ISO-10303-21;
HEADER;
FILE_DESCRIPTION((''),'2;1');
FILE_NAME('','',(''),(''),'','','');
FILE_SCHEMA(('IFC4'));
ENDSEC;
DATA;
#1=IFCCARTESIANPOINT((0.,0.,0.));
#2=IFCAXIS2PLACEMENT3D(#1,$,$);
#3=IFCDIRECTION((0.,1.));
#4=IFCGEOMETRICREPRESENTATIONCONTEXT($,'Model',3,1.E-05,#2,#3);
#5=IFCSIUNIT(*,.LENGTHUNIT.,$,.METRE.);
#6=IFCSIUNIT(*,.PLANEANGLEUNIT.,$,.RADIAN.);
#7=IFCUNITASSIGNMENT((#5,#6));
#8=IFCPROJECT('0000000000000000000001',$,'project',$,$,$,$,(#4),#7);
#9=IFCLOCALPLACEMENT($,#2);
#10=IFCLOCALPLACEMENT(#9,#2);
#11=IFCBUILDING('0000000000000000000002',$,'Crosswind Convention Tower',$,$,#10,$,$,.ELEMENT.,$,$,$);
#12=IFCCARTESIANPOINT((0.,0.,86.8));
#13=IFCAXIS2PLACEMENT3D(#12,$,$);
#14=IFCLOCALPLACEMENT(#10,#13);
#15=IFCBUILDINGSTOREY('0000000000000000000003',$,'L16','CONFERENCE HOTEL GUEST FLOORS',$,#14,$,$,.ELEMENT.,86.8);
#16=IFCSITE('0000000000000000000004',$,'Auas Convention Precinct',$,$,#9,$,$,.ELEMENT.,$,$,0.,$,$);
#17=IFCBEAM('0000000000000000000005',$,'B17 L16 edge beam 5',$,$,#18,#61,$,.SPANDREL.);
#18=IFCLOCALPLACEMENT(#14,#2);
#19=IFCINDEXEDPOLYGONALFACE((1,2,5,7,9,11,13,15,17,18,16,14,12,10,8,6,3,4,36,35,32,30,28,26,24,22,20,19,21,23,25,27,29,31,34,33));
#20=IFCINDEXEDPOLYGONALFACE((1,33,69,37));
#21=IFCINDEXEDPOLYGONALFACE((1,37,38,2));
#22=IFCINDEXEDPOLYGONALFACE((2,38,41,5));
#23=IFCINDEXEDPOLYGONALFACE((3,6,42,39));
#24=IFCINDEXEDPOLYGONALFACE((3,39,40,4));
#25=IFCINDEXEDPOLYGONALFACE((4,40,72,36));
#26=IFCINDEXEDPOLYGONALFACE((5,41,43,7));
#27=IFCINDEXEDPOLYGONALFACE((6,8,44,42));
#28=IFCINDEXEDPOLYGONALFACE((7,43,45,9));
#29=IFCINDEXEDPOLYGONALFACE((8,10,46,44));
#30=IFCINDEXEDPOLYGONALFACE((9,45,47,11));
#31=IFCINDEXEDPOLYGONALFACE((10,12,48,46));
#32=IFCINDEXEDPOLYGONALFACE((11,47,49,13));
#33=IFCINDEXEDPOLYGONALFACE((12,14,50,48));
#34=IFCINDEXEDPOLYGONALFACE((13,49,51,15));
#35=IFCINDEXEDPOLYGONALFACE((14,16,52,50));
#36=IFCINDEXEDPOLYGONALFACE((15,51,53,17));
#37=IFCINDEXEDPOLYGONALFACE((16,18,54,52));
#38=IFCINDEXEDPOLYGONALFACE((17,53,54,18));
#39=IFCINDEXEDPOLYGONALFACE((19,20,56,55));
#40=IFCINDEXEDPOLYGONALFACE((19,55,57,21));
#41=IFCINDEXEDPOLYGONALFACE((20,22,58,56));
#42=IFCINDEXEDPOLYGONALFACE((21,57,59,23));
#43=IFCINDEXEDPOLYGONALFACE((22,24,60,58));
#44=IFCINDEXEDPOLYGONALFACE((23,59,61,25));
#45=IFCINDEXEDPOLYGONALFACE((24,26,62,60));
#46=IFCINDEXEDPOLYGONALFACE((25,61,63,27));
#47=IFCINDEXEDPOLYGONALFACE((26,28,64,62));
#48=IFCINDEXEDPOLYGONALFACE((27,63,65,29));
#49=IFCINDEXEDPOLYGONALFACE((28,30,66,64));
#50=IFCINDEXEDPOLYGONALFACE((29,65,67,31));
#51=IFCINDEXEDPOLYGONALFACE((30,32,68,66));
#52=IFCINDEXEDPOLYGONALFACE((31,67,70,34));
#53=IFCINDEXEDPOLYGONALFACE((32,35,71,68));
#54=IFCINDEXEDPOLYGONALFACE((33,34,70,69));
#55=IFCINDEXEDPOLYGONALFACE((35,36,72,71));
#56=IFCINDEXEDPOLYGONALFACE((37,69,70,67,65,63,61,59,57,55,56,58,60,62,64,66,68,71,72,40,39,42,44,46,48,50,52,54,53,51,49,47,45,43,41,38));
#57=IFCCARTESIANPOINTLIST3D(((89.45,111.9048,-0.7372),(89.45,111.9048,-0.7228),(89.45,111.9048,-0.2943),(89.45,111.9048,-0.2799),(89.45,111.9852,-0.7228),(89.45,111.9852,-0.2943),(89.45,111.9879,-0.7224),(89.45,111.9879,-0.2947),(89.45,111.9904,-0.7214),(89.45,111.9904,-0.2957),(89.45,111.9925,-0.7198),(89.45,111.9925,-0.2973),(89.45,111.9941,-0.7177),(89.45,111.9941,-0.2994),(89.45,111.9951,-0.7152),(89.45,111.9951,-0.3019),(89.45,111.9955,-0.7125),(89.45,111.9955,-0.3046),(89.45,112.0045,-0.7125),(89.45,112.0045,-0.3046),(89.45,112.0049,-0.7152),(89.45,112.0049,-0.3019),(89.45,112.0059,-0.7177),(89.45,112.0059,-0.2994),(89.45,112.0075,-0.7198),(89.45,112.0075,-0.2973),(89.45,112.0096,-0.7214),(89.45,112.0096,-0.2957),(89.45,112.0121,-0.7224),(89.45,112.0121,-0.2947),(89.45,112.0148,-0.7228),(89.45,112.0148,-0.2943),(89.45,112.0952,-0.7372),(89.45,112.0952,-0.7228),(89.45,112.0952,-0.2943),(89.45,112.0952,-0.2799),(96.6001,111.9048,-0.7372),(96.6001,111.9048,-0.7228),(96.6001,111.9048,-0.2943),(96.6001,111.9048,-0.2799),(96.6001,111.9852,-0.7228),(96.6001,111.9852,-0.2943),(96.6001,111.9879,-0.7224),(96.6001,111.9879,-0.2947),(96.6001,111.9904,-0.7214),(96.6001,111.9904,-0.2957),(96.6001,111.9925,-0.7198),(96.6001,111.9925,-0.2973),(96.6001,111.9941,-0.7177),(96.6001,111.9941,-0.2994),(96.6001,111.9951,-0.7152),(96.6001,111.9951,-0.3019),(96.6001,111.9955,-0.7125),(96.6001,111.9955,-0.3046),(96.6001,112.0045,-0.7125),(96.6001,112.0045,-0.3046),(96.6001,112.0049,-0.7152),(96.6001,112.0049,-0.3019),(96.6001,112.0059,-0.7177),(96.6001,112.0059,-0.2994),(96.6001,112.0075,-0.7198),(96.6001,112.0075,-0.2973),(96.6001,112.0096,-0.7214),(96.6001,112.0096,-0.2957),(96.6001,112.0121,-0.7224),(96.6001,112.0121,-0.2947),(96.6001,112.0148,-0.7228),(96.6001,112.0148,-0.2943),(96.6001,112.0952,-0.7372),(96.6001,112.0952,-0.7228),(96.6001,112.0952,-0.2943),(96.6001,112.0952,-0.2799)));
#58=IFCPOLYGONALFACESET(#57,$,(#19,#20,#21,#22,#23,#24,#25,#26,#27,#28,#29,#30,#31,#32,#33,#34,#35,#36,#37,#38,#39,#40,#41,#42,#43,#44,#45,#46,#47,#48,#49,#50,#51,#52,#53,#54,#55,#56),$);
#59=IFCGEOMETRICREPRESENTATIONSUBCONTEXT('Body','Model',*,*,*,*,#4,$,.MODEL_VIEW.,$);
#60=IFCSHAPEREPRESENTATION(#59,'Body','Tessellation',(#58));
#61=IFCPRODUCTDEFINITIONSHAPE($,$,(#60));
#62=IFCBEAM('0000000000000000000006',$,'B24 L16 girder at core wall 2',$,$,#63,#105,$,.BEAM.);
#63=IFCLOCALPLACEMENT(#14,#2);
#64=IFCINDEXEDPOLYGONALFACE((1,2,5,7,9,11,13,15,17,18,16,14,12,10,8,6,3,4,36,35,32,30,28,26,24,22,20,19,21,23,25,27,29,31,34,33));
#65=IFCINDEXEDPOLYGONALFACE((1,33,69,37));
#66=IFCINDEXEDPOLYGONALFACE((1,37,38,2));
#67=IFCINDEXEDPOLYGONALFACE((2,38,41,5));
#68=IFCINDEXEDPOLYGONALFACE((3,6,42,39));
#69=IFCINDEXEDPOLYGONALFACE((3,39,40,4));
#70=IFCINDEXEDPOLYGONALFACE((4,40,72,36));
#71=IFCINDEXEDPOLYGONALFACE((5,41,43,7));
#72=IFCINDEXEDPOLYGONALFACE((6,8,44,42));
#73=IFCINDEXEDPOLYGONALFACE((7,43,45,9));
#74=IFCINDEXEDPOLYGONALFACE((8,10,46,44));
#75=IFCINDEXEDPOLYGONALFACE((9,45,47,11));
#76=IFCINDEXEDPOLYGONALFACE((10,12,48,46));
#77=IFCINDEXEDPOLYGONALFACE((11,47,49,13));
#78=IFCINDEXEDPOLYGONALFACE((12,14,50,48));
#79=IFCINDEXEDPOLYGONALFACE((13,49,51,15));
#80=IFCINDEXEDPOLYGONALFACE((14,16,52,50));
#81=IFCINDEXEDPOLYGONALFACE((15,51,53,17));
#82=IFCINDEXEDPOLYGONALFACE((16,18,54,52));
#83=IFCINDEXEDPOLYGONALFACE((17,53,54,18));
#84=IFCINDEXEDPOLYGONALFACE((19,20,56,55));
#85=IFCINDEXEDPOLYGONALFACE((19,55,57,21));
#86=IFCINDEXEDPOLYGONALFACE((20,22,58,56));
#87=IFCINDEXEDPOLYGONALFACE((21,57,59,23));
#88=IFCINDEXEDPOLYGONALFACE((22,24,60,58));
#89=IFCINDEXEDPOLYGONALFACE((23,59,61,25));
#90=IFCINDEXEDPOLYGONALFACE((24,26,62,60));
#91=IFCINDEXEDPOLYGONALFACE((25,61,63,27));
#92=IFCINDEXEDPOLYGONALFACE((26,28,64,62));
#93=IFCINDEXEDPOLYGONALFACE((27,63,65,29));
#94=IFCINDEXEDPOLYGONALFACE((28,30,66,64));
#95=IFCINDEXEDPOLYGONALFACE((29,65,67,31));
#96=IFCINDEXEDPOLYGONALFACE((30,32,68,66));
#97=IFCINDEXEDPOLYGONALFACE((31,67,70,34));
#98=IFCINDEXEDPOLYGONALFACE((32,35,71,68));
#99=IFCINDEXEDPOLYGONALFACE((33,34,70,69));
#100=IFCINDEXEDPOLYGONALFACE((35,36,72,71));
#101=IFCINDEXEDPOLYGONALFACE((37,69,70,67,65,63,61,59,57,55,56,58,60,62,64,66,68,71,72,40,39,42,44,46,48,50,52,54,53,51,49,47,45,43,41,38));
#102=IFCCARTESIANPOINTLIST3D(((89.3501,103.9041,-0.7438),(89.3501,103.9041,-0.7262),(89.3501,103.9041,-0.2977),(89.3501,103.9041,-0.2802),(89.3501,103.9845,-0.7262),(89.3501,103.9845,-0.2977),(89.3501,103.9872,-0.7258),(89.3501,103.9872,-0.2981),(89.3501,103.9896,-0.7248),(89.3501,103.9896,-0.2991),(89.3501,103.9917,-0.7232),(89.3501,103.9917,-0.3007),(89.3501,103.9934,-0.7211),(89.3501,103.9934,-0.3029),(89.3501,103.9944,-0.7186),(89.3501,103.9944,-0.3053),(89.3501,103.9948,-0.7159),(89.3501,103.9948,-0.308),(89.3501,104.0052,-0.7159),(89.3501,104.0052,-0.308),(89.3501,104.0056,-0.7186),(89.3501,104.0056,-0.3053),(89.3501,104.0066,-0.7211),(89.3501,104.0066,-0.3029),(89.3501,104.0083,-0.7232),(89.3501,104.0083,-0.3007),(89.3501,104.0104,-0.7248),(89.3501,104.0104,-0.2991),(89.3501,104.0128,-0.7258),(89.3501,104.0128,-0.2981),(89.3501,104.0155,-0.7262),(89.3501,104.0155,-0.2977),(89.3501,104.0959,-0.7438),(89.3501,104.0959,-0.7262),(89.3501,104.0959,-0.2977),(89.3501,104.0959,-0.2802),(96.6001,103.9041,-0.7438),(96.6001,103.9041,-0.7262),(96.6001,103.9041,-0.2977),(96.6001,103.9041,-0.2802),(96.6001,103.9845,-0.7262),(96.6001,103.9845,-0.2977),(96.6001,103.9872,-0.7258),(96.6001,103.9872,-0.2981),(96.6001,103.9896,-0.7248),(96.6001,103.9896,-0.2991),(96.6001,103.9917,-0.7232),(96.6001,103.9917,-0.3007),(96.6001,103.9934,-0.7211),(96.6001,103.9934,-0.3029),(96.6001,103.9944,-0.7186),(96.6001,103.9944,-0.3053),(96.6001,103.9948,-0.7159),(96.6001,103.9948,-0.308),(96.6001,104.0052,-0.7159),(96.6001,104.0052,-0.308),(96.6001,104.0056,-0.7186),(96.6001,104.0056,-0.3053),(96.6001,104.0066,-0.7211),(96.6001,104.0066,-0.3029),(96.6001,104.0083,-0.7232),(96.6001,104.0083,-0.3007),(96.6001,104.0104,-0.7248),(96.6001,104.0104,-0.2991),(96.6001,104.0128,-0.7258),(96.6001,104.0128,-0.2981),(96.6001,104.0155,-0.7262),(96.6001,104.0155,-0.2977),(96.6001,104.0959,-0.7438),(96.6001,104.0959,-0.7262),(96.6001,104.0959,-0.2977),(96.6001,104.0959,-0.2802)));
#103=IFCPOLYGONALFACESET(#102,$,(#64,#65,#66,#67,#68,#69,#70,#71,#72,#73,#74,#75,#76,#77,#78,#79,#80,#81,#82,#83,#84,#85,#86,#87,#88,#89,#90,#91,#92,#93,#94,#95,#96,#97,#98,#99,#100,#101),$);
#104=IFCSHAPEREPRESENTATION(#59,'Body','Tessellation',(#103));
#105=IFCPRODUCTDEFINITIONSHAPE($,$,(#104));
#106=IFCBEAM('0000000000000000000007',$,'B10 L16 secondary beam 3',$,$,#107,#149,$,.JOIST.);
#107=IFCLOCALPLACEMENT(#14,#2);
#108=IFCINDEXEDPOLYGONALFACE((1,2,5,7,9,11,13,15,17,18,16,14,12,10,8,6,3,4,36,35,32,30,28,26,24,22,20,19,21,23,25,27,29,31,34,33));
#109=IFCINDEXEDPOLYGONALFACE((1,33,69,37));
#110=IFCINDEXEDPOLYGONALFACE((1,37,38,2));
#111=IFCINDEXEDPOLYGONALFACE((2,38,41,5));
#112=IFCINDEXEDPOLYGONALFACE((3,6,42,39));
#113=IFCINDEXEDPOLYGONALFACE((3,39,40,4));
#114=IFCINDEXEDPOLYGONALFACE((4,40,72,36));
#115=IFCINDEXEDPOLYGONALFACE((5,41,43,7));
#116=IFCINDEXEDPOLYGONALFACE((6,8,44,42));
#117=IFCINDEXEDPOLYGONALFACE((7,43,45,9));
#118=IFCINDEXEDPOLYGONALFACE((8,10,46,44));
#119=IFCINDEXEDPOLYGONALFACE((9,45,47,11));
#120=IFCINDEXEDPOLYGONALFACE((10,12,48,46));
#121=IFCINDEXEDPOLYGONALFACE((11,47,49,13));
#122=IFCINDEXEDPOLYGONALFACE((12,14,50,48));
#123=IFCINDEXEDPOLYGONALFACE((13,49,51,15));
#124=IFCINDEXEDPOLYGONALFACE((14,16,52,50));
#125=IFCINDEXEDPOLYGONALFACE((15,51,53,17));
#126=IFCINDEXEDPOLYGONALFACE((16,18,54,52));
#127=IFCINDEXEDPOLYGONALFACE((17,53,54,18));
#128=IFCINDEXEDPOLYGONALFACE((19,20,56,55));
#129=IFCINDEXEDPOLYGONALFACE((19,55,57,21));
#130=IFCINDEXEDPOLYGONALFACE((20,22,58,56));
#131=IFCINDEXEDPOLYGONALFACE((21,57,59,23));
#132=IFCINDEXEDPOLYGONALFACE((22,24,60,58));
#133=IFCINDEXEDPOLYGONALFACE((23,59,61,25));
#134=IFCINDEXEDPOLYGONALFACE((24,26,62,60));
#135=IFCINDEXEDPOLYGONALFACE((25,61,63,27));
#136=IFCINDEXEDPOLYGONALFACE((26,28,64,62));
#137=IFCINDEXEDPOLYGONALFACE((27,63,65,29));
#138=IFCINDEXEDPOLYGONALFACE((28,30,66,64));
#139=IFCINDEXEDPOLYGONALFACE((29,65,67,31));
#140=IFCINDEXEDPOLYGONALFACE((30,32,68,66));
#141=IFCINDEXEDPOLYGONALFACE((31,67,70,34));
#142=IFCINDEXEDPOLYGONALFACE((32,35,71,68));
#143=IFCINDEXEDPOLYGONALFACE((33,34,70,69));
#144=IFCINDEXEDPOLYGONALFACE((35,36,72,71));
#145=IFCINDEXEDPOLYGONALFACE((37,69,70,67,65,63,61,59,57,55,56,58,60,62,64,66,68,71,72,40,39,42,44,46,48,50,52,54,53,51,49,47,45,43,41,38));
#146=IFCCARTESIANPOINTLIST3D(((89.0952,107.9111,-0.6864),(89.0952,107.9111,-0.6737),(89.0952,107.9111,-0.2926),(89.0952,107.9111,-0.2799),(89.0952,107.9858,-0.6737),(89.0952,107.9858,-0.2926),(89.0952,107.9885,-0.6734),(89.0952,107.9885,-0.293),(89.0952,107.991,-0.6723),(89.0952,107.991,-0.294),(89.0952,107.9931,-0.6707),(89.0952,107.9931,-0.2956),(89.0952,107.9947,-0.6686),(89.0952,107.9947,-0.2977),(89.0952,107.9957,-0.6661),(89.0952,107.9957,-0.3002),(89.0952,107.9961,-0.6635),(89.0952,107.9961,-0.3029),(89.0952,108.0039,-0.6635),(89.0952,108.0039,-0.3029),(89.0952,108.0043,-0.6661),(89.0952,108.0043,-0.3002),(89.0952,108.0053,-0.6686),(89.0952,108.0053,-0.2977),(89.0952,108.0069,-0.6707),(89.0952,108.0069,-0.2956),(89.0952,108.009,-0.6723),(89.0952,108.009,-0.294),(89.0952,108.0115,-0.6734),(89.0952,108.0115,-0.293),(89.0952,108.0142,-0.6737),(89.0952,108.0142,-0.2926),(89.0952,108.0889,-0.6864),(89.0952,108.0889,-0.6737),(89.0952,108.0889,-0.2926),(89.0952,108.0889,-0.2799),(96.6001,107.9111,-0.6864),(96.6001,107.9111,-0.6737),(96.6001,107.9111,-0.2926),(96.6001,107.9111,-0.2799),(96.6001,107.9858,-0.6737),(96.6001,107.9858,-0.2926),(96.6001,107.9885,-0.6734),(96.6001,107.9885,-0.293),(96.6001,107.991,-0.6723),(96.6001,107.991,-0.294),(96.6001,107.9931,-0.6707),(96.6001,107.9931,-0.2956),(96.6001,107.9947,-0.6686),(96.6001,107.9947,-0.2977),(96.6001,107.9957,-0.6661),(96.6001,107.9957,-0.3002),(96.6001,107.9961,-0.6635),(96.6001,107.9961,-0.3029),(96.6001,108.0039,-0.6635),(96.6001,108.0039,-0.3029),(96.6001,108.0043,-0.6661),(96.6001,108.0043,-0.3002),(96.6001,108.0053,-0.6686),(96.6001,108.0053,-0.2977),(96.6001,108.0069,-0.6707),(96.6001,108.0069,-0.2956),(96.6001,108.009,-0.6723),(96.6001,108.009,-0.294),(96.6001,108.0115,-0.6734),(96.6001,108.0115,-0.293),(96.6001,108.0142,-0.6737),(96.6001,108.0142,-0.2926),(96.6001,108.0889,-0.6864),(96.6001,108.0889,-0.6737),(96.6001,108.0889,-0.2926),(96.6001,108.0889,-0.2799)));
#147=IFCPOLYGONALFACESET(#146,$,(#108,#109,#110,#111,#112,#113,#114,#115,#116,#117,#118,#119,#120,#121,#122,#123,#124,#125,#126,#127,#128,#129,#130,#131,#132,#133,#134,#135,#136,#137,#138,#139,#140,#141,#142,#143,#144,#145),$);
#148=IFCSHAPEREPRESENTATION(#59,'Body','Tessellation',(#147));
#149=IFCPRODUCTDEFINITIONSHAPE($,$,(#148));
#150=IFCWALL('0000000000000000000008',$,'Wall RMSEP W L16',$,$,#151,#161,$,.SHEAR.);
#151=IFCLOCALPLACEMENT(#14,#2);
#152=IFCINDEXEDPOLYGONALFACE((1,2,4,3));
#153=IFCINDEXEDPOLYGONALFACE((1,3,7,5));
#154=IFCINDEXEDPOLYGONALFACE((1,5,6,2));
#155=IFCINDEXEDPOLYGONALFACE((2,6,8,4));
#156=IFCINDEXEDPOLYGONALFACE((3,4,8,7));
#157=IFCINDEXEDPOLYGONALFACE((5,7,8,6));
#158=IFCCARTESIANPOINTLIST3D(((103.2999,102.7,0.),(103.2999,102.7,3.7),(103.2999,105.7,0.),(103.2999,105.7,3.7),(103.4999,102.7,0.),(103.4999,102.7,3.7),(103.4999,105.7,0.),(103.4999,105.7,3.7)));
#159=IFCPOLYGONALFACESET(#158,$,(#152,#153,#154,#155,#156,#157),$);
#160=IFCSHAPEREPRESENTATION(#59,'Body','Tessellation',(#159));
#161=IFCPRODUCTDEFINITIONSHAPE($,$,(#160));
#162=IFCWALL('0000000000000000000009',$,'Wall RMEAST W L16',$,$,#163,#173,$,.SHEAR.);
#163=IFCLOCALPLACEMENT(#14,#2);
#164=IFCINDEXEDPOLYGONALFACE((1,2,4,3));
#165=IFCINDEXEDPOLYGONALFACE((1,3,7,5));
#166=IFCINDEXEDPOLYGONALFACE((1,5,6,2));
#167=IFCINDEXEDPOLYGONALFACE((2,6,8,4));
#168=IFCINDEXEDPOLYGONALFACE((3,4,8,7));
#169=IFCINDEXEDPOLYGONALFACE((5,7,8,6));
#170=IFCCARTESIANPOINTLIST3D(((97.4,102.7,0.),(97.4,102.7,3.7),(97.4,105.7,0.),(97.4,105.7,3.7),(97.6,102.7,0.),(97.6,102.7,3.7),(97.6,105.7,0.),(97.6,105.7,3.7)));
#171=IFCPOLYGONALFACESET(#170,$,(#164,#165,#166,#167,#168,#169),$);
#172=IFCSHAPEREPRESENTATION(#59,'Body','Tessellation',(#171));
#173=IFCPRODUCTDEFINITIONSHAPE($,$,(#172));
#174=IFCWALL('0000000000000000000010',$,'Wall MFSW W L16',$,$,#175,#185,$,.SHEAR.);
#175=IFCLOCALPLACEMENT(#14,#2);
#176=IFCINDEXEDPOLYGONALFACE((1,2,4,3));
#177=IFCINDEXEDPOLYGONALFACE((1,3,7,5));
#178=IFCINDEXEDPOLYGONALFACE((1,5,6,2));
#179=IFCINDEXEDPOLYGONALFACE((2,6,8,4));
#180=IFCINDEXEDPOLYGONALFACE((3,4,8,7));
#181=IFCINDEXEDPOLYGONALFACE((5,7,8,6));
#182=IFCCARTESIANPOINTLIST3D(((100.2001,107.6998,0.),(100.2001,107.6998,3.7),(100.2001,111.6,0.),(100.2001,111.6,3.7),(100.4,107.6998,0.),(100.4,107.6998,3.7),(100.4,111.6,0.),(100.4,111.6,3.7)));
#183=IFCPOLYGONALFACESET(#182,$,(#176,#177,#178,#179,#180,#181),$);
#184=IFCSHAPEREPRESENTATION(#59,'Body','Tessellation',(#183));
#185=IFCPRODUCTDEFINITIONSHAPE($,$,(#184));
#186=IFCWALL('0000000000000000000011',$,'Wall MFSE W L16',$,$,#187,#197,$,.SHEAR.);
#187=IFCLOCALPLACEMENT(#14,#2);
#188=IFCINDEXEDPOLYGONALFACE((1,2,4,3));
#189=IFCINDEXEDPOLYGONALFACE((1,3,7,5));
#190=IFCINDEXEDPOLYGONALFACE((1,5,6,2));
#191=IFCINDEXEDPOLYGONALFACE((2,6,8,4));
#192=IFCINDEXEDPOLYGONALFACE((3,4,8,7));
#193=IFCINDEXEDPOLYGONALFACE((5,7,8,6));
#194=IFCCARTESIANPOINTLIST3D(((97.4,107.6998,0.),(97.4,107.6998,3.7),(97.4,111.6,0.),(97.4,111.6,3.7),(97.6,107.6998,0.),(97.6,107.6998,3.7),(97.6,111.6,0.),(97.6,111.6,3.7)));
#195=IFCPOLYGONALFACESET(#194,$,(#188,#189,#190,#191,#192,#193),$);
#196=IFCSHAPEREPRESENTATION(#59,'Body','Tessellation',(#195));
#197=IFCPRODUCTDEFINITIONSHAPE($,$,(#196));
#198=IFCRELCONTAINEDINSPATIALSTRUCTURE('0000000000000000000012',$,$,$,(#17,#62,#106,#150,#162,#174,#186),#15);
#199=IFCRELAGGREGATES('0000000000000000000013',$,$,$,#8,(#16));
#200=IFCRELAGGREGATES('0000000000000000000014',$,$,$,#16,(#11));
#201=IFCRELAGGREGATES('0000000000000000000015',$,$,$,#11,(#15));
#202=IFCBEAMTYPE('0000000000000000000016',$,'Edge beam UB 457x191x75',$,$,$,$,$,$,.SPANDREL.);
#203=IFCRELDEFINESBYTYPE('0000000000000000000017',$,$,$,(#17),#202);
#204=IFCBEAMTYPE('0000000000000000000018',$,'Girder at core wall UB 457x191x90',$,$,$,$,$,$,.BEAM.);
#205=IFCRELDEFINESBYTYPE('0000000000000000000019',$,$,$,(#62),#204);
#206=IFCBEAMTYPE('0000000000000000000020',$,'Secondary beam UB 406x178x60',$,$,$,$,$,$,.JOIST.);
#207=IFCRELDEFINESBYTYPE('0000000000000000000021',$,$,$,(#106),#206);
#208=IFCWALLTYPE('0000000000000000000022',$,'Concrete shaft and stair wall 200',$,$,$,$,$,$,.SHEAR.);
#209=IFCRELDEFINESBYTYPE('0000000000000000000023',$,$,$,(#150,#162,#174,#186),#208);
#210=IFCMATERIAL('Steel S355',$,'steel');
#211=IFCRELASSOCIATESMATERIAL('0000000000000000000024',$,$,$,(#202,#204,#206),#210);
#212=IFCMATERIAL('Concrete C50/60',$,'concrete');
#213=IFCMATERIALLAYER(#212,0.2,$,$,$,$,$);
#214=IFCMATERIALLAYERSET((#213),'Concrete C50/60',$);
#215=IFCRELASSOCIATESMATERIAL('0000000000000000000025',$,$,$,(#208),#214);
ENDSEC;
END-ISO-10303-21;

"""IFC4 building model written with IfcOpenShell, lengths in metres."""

from ifc_helpers import new_model, si_unit, direction, frame, frame_2d, origin, origin_2d, place, context, subcontext, project, spatial, rectangle, i_section, extrude, material, layer, layer_set, material_profile, profile_set, type_object, element, save


model = new_model("IFC4")

# Units and contexts
model_context = context("Model", 3, precision=1e-05, world=origin(), true_north=direction((0.0, 1.0)))
body_context = subcontext(model_context, "Body", "Model", "MODEL_VIEW")
ifc_project = project(units=[si_unit("LENGTHUNIT", "METRE"), si_unit("PLANEANGLEUNIT", "RADIAN")], contexts=[model_context])

# Site, building, storey
site_placement = place(None, origin())
site = spatial("IfcSite", under=ifc_project, at=site_placement, Name="Auas Convention Precinct", CompositionType="ELEMENT", RefElevation=0.0)
building_placement = place(site_placement, origin())
building = spatial("IfcBuilding", under=site, at=building_placement, Name="Crosswind Convention Tower", CompositionType="ELEMENT")
storey_placement = place(building_placement, frame((0.0, 0.0, 86.8)))
storey = spatial("IfcBuildingStorey", under=building, at=storey_placement, Name="L16", Description="CONFERENCE HOTEL GUEST FLOORS", CompositionType="ELEMENT", Elevation=86.8)

# Beams
ifc_material_1 = material(Name="Steel S355", Category="steel")
ifc_material_profile_1 = material_profile(ifc_material_1, i_section(OverallWidth=0.1904, OverallDepth=0.4573, WebThickness=0.009, FlangeThickness=0.0144, FilletRadius=0.0103, at=origin_2d()), Name="UB 457x191x75")
ifc_profile_set_1 = profile_set([ifc_material_profile_1], Name="Steel S355")
beam_type_1 = type_object("IfcBeamType", Name="Edge beam UB 457x191x75", PredefinedType="SPANDREL", material=ifc_profile_set_1)
beam_1_placement = place(storey_placement, frame((89.45, 112.0, -0.5085), z_axis=(1.0, 0.0, 0.0), x_axis=(0.0, 1.0, 0.0)))
element("IfcBeam", 1, at=beam_1_placement, inside=storey, type_object=beam_type_1, Name="B17 L16 edge beam 5", PredefinedType="SPANDREL", context=body_context, shape_type="SweptSolid", body=[
    extrude(i_section(OverallWidth=0.1904, OverallDepth=0.4573, WebThickness=0.009, FlangeThickness=0.0144, FilletRadius=0.0103, at=origin_2d()), origin(), (0.0, 0.0, 1.0), 7.1501),
])
ifc_material_profile_2 = material_profile(ifc_material_1, i_section(OverallWidth=0.1919, OverallDepth=0.4636, WebThickness=0.0105, FlangeThickness=0.0176, FilletRadius=0.0103, at=origin_2d()), Name="UB 457x191x90")
ifc_profile_set_2 = profile_set([ifc_material_profile_2], Name="Steel S355")
beam_type_2 = type_object("IfcBeamType", Name="Girder at core wall UB 457x191x90", PredefinedType="BEAM", material=ifc_profile_set_2)
beam_2_placement = place(storey_placement, frame((89.3501, 104.0, -0.512), z_axis=(1.0, 0.0, 0.0), x_axis=(0.0, 1.0, 0.0)))
element("IfcBeam", 2, at=beam_2_placement, inside=storey, type_object=beam_type_2, Name="B24 L16 girder at core wall 2", PredefinedType="BEAM", context=body_context, shape_type="SweptSolid", body=[
    extrude(i_section(OverallWidth=0.1919, OverallDepth=0.4636, WebThickness=0.0105, FlangeThickness=0.0176, FilletRadius=0.0103, at=origin_2d()), origin(), (0.0, 0.0, 1.0), 7.25),
])
ifc_material_profile_3 = material_profile(ifc_material_1, i_section(OverallWidth=0.1777, OverallDepth=0.4065, WebThickness=0.0078, FlangeThickness=0.0127, FilletRadius=0.0103, at=origin_2d()), Name="UB 406x178x60")
ifc_profile_set_3 = profile_set([ifc_material_profile_3], Name="Steel S355")
beam_type_3 = type_object("IfcBeamType", Name="Secondary beam UB 406x178x60", PredefinedType="JOIST", material=ifc_profile_set_3)
beam_3_placement = place(storey_placement, frame((89.0952, 108.0, -0.4832), z_axis=(1.0, 0.0, 0.0), x_axis=(0.0, 1.0, 0.0)))
element("IfcBeam", 3, at=beam_3_placement, inside=storey, type_object=beam_type_3, Name="B10 L16 secondary beam 3", PredefinedType="JOIST", context=body_context, shape_type="SweptSolid", body=[
    extrude(i_section(OverallWidth=0.1777, OverallDepth=0.4065, WebThickness=0.0078, FlangeThickness=0.0127, FilletRadius=0.0103, at=origin_2d()), origin(), (0.0, 0.0, 1.0), 7.5049),
])

# Walls
ifc_material_2 = material(Name="Concrete C50/60", Category="concrete")
ifc_layer_1 = layer(ifc_material_2, 0.2)
ifc_layer_set_1 = layer_set([ifc_layer_1], Name="Concrete C50/60")
wall_type_1 = type_object("IfcWallType", Name="Concrete shaft and stair wall 200", PredefinedType="SHEAR", material=ifc_layer_set_1)
for number, where, z_axis, x_axis, name in (
    (4, (103.3999, 105.7, 0.0), (0.0, 0.0, 1.0), (0.0, -1.0, 0.0), "Wall RMSEP W L16"),
    (5, (97.5, 105.7, 0.0), (0.0, 0.0, 1.0), (0.0, -1.0, 0.0), "Wall RMEAST W L16"),
):
    element("IfcWall", number, at=place(storey_placement, frame(where, z_axis=z_axis, x_axis=x_axis)), inside=storey, type_object=wall_type_1, Name=name, PredefinedType="SHEAR", context=body_context, shape_type="SweptSolid", body=[
        extrude(rectangle(XDim=3.0, YDim=0.2, at=frame_2d((1.5, 0.0))), origin(), (0.0, 0.0, 1.0), 3.7),
    ])
for number, where, z_axis, x_axis, name in (
    (6, (100.3, 111.6001, 0.0), (0.0, 0.0, 1.0), (0.0, -1.0, 0.0), "Wall MFSW W L16"),
    (7, (97.5, 111.6001, 0.0), (0.0, 0.0, 1.0), (0.0, -1.0, 0.0), "Wall MFSE W L16"),
):
    element("IfcWall", number, at=place(storey_placement, frame(where, z_axis=z_axis, x_axis=x_axis)), inside=storey, type_object=wall_type_1, Name=name, PredefinedType="SHEAR", context=body_context, shape_type="SweptSolid", body=[
        extrude(rectangle(XDim=3.9001, YDim=0.2, at=frame_2d((1.9502, 0.0))), origin(), (0.0, 0.0, 1.0), 3.7),
    ])

save(model, "model.ifc")
